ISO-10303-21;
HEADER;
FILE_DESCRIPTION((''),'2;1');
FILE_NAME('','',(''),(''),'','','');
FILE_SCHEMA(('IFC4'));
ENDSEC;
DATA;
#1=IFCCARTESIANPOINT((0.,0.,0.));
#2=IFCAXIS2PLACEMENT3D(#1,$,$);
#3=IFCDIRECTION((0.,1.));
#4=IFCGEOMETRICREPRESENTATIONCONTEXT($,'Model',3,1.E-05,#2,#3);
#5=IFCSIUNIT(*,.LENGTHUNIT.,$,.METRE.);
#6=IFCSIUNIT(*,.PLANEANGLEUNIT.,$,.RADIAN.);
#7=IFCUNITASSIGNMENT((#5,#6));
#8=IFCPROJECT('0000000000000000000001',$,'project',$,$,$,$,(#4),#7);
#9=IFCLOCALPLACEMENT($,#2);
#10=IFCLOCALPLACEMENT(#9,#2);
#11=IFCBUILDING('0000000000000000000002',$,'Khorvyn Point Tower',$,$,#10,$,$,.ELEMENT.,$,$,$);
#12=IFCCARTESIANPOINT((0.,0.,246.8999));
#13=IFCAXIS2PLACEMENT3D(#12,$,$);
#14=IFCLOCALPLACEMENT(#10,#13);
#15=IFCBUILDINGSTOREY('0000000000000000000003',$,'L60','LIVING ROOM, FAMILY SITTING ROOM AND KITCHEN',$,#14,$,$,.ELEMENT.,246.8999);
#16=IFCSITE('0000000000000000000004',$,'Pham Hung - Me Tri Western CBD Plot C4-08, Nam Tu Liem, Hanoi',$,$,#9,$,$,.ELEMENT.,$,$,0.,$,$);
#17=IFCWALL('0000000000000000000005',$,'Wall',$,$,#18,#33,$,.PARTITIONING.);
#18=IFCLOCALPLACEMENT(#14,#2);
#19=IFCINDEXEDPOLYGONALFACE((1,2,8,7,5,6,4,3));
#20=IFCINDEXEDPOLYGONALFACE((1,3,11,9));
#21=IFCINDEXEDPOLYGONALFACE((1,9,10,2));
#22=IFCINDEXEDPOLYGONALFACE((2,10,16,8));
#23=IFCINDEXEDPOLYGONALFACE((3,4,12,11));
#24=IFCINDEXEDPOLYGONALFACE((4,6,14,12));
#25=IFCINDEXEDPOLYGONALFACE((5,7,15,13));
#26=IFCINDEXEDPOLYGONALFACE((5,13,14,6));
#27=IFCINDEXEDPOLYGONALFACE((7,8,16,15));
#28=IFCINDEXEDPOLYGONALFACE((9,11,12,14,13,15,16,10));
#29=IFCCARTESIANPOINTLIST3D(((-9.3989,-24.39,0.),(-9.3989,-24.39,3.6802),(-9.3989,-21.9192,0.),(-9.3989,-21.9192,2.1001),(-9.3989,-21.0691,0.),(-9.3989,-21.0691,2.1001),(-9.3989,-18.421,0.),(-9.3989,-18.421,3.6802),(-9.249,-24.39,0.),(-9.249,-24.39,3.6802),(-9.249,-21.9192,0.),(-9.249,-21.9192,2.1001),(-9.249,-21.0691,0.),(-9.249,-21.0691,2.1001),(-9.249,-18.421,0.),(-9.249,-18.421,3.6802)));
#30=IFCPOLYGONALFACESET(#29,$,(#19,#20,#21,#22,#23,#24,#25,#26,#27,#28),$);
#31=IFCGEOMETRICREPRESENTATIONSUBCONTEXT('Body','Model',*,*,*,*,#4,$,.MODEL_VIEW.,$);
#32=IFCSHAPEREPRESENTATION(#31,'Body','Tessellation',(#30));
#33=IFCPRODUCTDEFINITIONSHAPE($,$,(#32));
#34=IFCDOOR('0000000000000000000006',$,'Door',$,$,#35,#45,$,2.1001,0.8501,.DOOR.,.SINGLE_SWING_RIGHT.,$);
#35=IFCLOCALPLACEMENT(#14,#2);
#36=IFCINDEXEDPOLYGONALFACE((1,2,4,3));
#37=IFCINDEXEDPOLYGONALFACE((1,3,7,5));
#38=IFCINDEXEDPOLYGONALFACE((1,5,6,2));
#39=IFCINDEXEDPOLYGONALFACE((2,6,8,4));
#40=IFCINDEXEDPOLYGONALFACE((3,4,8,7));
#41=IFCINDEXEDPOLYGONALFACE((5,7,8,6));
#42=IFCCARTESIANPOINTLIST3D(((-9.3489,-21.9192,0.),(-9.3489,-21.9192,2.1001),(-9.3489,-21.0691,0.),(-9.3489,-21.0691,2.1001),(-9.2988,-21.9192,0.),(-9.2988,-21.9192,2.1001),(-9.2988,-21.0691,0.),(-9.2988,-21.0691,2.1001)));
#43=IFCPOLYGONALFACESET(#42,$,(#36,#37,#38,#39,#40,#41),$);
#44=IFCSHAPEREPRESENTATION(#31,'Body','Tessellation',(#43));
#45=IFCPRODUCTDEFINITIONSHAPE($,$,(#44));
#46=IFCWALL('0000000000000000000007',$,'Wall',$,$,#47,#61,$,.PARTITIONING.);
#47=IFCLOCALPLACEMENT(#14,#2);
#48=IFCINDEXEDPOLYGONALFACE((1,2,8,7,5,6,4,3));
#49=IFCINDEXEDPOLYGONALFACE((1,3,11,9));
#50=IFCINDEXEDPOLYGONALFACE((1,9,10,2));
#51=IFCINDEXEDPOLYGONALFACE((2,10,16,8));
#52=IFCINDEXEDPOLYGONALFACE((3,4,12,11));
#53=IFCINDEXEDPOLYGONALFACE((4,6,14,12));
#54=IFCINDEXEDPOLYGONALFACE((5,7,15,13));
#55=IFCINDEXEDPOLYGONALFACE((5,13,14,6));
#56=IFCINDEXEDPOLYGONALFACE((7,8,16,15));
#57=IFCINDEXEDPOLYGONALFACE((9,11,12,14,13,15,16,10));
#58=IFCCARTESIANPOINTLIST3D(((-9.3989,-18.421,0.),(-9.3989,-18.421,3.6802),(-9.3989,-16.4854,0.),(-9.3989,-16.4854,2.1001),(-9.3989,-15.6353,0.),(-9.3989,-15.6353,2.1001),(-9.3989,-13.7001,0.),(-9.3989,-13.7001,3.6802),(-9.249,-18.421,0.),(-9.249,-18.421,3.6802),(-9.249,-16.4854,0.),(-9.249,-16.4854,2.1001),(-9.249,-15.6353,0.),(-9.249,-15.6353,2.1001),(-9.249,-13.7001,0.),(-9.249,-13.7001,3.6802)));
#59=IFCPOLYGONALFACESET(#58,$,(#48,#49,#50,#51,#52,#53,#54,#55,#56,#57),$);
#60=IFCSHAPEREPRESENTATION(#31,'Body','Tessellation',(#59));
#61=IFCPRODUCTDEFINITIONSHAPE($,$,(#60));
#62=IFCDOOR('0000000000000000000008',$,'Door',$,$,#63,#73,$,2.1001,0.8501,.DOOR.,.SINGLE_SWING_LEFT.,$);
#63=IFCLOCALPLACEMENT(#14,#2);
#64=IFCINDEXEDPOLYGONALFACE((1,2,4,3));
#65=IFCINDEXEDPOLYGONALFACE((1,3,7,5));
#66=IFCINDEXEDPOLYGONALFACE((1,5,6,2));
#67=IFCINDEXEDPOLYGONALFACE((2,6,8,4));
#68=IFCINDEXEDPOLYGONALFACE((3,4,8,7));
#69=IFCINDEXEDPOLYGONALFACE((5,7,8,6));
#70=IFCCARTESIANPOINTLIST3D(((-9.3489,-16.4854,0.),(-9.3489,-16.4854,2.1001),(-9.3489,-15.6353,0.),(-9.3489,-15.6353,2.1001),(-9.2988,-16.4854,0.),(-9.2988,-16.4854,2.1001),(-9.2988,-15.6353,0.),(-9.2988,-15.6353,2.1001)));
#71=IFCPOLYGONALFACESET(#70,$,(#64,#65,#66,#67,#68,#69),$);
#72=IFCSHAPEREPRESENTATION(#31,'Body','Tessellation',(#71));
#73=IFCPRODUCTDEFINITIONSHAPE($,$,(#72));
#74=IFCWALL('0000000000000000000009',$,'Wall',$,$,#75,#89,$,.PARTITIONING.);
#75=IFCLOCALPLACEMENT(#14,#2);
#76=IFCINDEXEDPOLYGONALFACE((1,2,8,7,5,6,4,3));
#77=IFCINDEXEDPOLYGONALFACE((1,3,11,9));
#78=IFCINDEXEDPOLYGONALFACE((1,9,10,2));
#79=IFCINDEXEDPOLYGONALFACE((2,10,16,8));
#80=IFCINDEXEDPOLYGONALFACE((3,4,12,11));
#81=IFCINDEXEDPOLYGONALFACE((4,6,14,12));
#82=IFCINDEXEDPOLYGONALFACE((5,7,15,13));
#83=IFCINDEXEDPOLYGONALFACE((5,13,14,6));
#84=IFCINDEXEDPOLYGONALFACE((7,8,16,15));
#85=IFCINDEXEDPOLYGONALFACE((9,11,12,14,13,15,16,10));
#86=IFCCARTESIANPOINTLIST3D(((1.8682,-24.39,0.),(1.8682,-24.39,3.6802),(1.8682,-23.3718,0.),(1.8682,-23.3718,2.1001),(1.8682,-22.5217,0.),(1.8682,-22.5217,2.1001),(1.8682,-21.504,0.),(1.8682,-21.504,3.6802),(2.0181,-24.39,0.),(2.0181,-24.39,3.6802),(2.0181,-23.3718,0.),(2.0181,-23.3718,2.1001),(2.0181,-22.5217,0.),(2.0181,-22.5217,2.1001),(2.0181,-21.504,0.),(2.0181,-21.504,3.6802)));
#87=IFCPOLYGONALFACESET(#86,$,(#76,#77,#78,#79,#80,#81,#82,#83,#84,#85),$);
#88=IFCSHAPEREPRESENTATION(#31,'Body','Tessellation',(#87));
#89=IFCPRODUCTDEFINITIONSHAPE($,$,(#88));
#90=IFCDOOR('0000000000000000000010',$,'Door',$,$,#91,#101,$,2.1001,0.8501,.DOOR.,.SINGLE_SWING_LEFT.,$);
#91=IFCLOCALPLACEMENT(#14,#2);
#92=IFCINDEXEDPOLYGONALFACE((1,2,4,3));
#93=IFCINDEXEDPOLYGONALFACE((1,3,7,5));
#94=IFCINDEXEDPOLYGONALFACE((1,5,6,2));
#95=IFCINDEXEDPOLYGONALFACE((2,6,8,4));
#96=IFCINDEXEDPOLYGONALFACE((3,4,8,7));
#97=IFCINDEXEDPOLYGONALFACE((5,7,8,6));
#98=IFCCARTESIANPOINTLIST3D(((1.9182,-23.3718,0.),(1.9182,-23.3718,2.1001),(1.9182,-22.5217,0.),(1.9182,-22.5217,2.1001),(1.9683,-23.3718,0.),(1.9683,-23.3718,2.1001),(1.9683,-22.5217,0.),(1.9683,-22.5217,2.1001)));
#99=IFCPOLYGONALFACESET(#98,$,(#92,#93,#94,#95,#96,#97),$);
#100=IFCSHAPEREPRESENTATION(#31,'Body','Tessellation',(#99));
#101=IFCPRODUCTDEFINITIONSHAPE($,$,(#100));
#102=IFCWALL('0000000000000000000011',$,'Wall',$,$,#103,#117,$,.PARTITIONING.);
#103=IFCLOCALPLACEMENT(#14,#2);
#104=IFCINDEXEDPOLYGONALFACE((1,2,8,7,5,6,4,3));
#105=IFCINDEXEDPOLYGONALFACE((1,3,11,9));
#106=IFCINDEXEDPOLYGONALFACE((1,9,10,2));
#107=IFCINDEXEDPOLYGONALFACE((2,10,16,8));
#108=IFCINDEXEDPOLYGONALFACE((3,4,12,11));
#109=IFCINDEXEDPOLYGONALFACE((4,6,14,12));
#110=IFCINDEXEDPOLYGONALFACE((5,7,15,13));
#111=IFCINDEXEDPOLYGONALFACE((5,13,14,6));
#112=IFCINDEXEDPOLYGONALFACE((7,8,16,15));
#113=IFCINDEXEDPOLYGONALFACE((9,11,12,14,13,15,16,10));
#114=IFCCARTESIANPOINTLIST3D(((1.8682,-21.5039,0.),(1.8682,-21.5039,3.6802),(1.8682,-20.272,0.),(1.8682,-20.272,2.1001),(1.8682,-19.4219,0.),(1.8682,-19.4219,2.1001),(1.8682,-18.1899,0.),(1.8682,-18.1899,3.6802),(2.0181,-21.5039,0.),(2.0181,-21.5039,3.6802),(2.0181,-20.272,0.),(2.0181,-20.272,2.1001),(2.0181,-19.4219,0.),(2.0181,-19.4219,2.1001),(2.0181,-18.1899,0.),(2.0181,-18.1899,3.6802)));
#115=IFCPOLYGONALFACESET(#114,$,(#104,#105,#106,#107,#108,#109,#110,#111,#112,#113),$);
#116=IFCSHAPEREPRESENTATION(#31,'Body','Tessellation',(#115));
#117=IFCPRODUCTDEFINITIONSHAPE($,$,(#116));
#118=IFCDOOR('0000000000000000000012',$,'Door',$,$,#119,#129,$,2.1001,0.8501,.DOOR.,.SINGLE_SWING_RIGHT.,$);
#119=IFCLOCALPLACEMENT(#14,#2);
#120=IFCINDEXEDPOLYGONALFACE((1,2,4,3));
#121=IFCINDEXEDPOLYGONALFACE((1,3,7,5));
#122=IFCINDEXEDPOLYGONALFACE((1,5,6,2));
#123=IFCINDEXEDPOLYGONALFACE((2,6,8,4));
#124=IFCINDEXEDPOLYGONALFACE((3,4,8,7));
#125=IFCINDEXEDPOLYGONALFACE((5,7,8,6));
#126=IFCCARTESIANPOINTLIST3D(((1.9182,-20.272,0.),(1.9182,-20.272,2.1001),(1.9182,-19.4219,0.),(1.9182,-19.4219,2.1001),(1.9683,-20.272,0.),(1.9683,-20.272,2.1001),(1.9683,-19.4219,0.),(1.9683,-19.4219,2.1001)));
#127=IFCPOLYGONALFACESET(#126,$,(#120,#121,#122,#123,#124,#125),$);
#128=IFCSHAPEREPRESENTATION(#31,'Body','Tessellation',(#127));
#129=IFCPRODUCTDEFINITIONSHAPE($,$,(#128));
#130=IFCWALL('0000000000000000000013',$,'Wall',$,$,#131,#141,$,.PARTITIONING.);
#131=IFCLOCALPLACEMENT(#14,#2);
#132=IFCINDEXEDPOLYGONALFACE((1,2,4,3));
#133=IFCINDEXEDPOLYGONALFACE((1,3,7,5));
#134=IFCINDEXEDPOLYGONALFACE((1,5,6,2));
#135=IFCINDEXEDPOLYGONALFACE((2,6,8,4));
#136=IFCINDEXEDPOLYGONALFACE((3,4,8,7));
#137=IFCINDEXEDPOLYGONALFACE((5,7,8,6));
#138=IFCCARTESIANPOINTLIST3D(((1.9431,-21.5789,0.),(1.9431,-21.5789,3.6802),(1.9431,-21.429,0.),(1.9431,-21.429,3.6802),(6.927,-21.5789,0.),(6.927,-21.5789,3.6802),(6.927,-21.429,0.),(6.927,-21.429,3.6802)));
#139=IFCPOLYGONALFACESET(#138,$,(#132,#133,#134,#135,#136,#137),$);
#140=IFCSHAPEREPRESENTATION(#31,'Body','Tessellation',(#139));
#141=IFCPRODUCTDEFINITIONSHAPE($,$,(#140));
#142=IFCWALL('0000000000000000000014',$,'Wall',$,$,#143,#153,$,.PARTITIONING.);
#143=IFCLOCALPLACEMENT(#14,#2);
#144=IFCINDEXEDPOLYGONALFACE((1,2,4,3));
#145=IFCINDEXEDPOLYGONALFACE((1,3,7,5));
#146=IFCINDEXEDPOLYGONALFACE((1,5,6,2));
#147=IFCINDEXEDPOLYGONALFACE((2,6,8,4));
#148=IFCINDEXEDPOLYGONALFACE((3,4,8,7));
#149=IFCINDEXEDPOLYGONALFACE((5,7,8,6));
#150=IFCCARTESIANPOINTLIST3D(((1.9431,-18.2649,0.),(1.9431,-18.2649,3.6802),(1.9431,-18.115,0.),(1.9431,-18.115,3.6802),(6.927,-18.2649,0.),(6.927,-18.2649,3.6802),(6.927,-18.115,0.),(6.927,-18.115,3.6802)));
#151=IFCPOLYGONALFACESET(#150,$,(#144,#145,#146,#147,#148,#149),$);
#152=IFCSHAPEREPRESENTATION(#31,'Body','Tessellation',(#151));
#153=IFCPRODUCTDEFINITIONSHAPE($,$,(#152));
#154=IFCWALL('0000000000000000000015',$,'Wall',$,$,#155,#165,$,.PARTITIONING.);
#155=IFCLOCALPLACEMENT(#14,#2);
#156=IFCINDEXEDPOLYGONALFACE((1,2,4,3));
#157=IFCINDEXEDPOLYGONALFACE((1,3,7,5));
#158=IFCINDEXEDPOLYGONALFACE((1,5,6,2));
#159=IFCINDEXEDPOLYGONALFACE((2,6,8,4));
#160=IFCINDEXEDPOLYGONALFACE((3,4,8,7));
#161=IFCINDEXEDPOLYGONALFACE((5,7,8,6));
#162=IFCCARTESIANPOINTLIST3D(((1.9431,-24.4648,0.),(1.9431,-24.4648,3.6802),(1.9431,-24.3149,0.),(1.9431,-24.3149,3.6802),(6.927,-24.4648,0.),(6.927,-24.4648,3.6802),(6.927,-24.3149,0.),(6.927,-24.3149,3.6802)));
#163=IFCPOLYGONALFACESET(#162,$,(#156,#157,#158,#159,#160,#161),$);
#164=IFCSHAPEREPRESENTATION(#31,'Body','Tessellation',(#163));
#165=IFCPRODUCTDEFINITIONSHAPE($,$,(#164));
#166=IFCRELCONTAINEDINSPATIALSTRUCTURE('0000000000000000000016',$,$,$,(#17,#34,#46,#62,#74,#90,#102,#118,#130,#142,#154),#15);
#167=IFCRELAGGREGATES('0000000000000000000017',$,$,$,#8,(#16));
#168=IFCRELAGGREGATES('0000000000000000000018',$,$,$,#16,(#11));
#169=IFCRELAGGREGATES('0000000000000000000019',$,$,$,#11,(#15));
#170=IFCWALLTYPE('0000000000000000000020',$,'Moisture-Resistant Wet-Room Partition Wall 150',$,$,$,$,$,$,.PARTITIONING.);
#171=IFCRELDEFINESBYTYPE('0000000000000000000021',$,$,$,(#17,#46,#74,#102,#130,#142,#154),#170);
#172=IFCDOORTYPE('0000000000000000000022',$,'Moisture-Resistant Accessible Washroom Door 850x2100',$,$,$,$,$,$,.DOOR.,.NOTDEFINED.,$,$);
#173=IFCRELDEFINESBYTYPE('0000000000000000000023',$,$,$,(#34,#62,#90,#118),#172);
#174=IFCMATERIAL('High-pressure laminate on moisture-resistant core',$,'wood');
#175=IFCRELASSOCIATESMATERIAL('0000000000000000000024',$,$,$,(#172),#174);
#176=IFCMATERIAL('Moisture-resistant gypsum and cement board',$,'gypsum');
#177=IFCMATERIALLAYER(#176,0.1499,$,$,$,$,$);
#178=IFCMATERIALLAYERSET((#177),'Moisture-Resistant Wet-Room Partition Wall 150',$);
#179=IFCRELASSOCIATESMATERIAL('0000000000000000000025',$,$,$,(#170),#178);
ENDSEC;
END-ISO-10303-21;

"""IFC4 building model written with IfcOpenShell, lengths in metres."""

from ifc_helpers import new_model, si_unit, direction, frame, frame_2d, origin, place, context, subcontext, project, spatial, rectangle, extrude, material, layer, layer_set, type_object, element, fill, save


model = new_model("IFC4")

# Units and contexts
model_context = context("Model", 3, precision=1e-05, world=origin(), true_north=direction((0.0, 1.0)))
body_context = subcontext(model_context, "Body", "Model", "MODEL_VIEW")
ifc_project = project(units=[si_unit("LENGTHUNIT", "METRE"), si_unit("PLANEANGLEUNIT", "RADIAN")], contexts=[model_context])

# Site, building, storey
site_placement = place(None, origin())
site = spatial("IfcSite", under=ifc_project, at=site_placement, Name="Pham Hung - Me Tri Western CBD Plot C4-08, Nam Tu Liem, Hanoi", CompositionType="ELEMENT", RefElevation=0.0)
building_placement = place(site_placement, origin())
building = spatial("IfcBuilding", under=site, at=building_placement, Name="Khorvyn Point Tower", CompositionType="ELEMENT")
storey_placement = place(building_placement, frame((0.0, 0.0, 246.8999)))
storey = spatial("IfcBuildingStorey", under=building, at=storey_placement, Name="L60", Description="LIVING ROOM, FAMILY SITTING ROOM AND KITCHEN", CompositionType="ELEMENT", Elevation=246.8999)

# Walls, openings, doors
ifc_material_1 = material(Name="High-pressure laminate on moisture-resistant core", Category="wood")
door_type_1 = type_object("IfcDoorType", Name="Moisture-Resistant Accessible Washroom Door 850x2100", OperationType="NOTDEFINED", PredefinedType="DOOR", material=ifc_material_1)
ifc_material_2 = material(Name="Moisture-resistant gypsum and cement board", Category="gypsum")
ifc_layer_1 = layer(ifc_material_2, 0.1499)
ifc_layer_set_1 = layer_set([ifc_layer_1], Name="Moisture-Resistant Wet-Room Partition Wall 150")
wall_type_1 = type_object("IfcWallType", Name="Moisture-Resistant Wet-Room Partition Wall 150", PredefinedType="PARTITIONING", material=ifc_layer_set_1)
wall_1_placement = place(storey_placement, frame((-9.324, -24.3899, 0.0), z_axis=(0.0, 0.0, 1.0), x_axis=(0.0, 1.0, 0.0)))
wall_1 = element("IfcWall", 1, at=wall_1_placement, inside=storey, type_object=wall_type_1, Name="Wall", PredefinedType="PARTITIONING", context=body_context, shape_type="SweptSolid", body=[
    extrude(rectangle(XDim=5.969, YDim=0.1499, at=frame_2d((2.9844, 0.0))), origin(), (0.0, 0.0, 1.0), 3.6802),
])
opening_1_placement = place(wall_1_placement, frame((2.4707, 0.0, 0.0)))
opening_1 = element("IfcOpeningElement", 2, at=opening_1_placement, cuts=wall_1, PredefinedType="OPENING", context=body_context, shape_type="SweptSolid", body=[
    extrude(rectangle(XDim=0.8501, YDim=2.1001, at=frame_2d((0.425, 1.05))), frame((0.0, 0.085, 0.0), z_axis=(0.0, -1.0, 0.0), x_axis=(1.0, 0.0, 0.0)), (0.0, 0.0, 1.0), 0.1699),
])
door_1_placement = place(opening_1_placement, origin())
door_1 = element("IfcDoor", 3, at=door_1_placement, inside=storey, type_object=door_type_1, Name="Door", OperationType="SINGLE_SWING_RIGHT", OverallHeight=2.1001, OverallWidth=0.8501, PredefinedType="DOOR", context=body_context, shape_type="SweptSolid", body=[
    extrude(rectangle(XDim=0.8501, YDim=2.1001, at=frame_2d((0.425, 1.05))), frame((0.0, 0.0249, 0.0), z_axis=(0.0, -1.0, 0.0), x_axis=(1.0, 0.0, 0.0)), (0.0, 0.0, 1.0), 0.05),
])
fill(opening_1, door_1)
wall_2_placement = place(storey_placement, frame((-9.324, -18.4209, 0.0), z_axis=(0.0, 0.0, 1.0), x_axis=(0.0, 1.0, 0.0)))
wall_2 = element("IfcWall", 4, at=wall_2_placement, inside=storey, type_object=wall_type_1, Name="Wall", PredefinedType="PARTITIONING", context=body_context, shape_type="SweptSolid", body=[
    extrude(rectangle(XDim=4.7209, YDim=0.1499, at=frame_2d((2.3604, 0.0))), origin(), (0.0, 0.0, 1.0), 3.6802),
])
opening_2_placement = place(wall_2_placement, frame((1.9355, 0.0, 0.0)))
opening_2 = element("IfcOpeningElement", 5, at=opening_2_placement, cuts=wall_2, PredefinedType="OPENING", context=body_context, shape_type="SweptSolid", body=[
    extrude(rectangle(XDim=0.8501, YDim=2.1001, at=frame_2d((0.425, 1.05))), frame((0.0, 0.085, 0.0), z_axis=(0.0, -1.0, 0.0), x_axis=(1.0, 0.0, 0.0)), (0.0, 0.0, 1.0), 0.1699),
])
door_2_placement = place(opening_2_placement, origin())
door_2 = element("IfcDoor", 6, at=door_2_placement, inside=storey, type_object=door_type_1, Name="Door", OperationType="SINGLE_SWING_LEFT", OverallHeight=2.1001, OverallWidth=0.8501, PredefinedType="DOOR", context=body_context, shape_type="SweptSolid", body=[
    extrude(rectangle(XDim=0.8501, YDim=2.1001, at=frame_2d((0.425, 1.05))), frame((0.0, 0.0249, 0.0), z_axis=(0.0, -1.0, 0.0), x_axis=(1.0, 0.0, 0.0)), (0.0, 0.0, 1.0), 0.05),
])
fill(opening_2, door_2)
wall_3_placement = place(storey_placement, frame((1.9431, -24.3899, 0.0), z_axis=(0.0, 0.0, 1.0), x_axis=(0.0, 1.0, 0.0)))
wall_3 = element("IfcWall", 7, at=wall_3_placement, inside=storey, type_object=wall_type_1, Name="Wall", PredefinedType="PARTITIONING", context=body_context, shape_type="SweptSolid", body=[
    extrude(rectangle(XDim=2.886, YDim=0.1499, at=frame_2d((1.4429, 0.0))), origin(), (0.0, 0.0, 1.0), 3.6802),
])
opening_3_placement = place(wall_3_placement, frame((1.0181, 0.0, 0.0)))
opening_3 = element("IfcOpeningElement", 8, at=opening_3_placement, cuts=wall_3, PredefinedType="OPENING", context=body_context, shape_type="SweptSolid", body=[
    extrude(rectangle(XDim=0.8501, YDim=2.1001, at=frame_2d((0.425, 1.05))), frame((0.0, 0.085, 0.0), z_axis=(0.0, -1.0, 0.0), x_axis=(1.0, 0.0, 0.0)), (0.0, 0.0, 1.0), 0.1699),
])
door_3_placement = place(opening_3_placement, origin())
door_3 = element("IfcDoor", 9, at=door_3_placement, inside=storey, type_object=door_type_1, Name="Door", OperationType="SINGLE_SWING_LEFT", OverallHeight=2.1001, OverallWidth=0.8501, PredefinedType="DOOR", context=body_context, shape_type="SweptSolid", body=[
    extrude(rectangle(XDim=0.8501, YDim=2.1001, at=frame_2d((0.425, 1.05))), frame((0.0, 0.0249, 0.0), z_axis=(0.0, -1.0, 0.0), x_axis=(1.0, 0.0, 0.0)), (0.0, 0.0, 1.0), 0.05),
])
fill(opening_3, door_3)
wall_4_placement = place(storey_placement, frame((1.9431, -21.5039, 0.0), z_axis=(0.0, 0.0, 1.0), x_axis=(0.0, 1.0, 0.0)))
wall_4 = element("IfcWall", 10, at=wall_4_placement, inside=storey, type_object=wall_type_1, Name="Wall", PredefinedType="PARTITIONING", context=body_context, shape_type="SweptSolid", body=[
    extrude(rectangle(XDim=3.314, YDim=0.1499, at=frame_2d((1.657, 0.0))), origin(), (0.0, 0.0, 1.0), 3.6802),
])
opening_4_placement = place(wall_4_placement, frame((1.2319, 0.0, 0.0)))
opening_4 = element("IfcOpeningElement", 11, at=opening_4_placement, cuts=wall_4, PredefinedType="OPENING", context=body_context, shape_type="SweptSolid", body=[
    extrude(rectangle(XDim=0.8501, YDim=2.1001, at=frame_2d((0.425, 1.05))), frame((0.0, 0.085, 0.0), z_axis=(0.0, -1.0, 0.0), x_axis=(1.0, 0.0, 0.0)), (0.0, 0.0, 1.0), 0.1699),
])
door_4_placement = place(opening_4_placement, origin())
door_4 = element("IfcDoor", 12, at=door_4_placement, inside=storey, type_object=door_type_1, Name="Door", OperationType="SINGLE_SWING_RIGHT", OverallHeight=2.1001, OverallWidth=0.8501, PredefinedType="DOOR", context=body_context, shape_type="SweptSolid", body=[
    extrude(rectangle(XDim=0.8501, YDim=2.1001, at=frame_2d((0.425, 1.05))), frame((0.0, 0.0249, 0.0), z_axis=(0.0, -1.0, 0.0), x_axis=(1.0, 0.0, 0.0)), (0.0, 0.0, 1.0), 0.05),
])
fill(opening_4, door_4)

# Walls
for number, where, z_axis, x_axis, name in (
    (13, (1.9431, -21.5039, 0.0), (0.0, 0.0, 1.0), (1.0, 0.0, 0.0), "Wall"),
    (14, (1.9431, -18.1899, 0.0), (0.0, 0.0, 1.0), (1.0, 0.0, 0.0), "Wall"),
    (15, (1.9431, -24.3899, 0.0), (0.0, 0.0, 1.0), (1.0, 0.0, 0.0), "Wall"),
):
    element("IfcWall", number, at=place(storey_placement, frame(where, z_axis=z_axis, x_axis=x_axis)), inside=storey, type_object=wall_type_1, Name=name, PredefinedType="PARTITIONING", context=body_context, shape_type="SweptSolid", body=[
        extrude(rectangle(XDim=4.9839, YDim=0.1499, at=frame_2d((2.4919, 0.0))), origin(), (0.0, 0.0, 1.0), 3.6802),
    ])

save(model, "model.ifc")
